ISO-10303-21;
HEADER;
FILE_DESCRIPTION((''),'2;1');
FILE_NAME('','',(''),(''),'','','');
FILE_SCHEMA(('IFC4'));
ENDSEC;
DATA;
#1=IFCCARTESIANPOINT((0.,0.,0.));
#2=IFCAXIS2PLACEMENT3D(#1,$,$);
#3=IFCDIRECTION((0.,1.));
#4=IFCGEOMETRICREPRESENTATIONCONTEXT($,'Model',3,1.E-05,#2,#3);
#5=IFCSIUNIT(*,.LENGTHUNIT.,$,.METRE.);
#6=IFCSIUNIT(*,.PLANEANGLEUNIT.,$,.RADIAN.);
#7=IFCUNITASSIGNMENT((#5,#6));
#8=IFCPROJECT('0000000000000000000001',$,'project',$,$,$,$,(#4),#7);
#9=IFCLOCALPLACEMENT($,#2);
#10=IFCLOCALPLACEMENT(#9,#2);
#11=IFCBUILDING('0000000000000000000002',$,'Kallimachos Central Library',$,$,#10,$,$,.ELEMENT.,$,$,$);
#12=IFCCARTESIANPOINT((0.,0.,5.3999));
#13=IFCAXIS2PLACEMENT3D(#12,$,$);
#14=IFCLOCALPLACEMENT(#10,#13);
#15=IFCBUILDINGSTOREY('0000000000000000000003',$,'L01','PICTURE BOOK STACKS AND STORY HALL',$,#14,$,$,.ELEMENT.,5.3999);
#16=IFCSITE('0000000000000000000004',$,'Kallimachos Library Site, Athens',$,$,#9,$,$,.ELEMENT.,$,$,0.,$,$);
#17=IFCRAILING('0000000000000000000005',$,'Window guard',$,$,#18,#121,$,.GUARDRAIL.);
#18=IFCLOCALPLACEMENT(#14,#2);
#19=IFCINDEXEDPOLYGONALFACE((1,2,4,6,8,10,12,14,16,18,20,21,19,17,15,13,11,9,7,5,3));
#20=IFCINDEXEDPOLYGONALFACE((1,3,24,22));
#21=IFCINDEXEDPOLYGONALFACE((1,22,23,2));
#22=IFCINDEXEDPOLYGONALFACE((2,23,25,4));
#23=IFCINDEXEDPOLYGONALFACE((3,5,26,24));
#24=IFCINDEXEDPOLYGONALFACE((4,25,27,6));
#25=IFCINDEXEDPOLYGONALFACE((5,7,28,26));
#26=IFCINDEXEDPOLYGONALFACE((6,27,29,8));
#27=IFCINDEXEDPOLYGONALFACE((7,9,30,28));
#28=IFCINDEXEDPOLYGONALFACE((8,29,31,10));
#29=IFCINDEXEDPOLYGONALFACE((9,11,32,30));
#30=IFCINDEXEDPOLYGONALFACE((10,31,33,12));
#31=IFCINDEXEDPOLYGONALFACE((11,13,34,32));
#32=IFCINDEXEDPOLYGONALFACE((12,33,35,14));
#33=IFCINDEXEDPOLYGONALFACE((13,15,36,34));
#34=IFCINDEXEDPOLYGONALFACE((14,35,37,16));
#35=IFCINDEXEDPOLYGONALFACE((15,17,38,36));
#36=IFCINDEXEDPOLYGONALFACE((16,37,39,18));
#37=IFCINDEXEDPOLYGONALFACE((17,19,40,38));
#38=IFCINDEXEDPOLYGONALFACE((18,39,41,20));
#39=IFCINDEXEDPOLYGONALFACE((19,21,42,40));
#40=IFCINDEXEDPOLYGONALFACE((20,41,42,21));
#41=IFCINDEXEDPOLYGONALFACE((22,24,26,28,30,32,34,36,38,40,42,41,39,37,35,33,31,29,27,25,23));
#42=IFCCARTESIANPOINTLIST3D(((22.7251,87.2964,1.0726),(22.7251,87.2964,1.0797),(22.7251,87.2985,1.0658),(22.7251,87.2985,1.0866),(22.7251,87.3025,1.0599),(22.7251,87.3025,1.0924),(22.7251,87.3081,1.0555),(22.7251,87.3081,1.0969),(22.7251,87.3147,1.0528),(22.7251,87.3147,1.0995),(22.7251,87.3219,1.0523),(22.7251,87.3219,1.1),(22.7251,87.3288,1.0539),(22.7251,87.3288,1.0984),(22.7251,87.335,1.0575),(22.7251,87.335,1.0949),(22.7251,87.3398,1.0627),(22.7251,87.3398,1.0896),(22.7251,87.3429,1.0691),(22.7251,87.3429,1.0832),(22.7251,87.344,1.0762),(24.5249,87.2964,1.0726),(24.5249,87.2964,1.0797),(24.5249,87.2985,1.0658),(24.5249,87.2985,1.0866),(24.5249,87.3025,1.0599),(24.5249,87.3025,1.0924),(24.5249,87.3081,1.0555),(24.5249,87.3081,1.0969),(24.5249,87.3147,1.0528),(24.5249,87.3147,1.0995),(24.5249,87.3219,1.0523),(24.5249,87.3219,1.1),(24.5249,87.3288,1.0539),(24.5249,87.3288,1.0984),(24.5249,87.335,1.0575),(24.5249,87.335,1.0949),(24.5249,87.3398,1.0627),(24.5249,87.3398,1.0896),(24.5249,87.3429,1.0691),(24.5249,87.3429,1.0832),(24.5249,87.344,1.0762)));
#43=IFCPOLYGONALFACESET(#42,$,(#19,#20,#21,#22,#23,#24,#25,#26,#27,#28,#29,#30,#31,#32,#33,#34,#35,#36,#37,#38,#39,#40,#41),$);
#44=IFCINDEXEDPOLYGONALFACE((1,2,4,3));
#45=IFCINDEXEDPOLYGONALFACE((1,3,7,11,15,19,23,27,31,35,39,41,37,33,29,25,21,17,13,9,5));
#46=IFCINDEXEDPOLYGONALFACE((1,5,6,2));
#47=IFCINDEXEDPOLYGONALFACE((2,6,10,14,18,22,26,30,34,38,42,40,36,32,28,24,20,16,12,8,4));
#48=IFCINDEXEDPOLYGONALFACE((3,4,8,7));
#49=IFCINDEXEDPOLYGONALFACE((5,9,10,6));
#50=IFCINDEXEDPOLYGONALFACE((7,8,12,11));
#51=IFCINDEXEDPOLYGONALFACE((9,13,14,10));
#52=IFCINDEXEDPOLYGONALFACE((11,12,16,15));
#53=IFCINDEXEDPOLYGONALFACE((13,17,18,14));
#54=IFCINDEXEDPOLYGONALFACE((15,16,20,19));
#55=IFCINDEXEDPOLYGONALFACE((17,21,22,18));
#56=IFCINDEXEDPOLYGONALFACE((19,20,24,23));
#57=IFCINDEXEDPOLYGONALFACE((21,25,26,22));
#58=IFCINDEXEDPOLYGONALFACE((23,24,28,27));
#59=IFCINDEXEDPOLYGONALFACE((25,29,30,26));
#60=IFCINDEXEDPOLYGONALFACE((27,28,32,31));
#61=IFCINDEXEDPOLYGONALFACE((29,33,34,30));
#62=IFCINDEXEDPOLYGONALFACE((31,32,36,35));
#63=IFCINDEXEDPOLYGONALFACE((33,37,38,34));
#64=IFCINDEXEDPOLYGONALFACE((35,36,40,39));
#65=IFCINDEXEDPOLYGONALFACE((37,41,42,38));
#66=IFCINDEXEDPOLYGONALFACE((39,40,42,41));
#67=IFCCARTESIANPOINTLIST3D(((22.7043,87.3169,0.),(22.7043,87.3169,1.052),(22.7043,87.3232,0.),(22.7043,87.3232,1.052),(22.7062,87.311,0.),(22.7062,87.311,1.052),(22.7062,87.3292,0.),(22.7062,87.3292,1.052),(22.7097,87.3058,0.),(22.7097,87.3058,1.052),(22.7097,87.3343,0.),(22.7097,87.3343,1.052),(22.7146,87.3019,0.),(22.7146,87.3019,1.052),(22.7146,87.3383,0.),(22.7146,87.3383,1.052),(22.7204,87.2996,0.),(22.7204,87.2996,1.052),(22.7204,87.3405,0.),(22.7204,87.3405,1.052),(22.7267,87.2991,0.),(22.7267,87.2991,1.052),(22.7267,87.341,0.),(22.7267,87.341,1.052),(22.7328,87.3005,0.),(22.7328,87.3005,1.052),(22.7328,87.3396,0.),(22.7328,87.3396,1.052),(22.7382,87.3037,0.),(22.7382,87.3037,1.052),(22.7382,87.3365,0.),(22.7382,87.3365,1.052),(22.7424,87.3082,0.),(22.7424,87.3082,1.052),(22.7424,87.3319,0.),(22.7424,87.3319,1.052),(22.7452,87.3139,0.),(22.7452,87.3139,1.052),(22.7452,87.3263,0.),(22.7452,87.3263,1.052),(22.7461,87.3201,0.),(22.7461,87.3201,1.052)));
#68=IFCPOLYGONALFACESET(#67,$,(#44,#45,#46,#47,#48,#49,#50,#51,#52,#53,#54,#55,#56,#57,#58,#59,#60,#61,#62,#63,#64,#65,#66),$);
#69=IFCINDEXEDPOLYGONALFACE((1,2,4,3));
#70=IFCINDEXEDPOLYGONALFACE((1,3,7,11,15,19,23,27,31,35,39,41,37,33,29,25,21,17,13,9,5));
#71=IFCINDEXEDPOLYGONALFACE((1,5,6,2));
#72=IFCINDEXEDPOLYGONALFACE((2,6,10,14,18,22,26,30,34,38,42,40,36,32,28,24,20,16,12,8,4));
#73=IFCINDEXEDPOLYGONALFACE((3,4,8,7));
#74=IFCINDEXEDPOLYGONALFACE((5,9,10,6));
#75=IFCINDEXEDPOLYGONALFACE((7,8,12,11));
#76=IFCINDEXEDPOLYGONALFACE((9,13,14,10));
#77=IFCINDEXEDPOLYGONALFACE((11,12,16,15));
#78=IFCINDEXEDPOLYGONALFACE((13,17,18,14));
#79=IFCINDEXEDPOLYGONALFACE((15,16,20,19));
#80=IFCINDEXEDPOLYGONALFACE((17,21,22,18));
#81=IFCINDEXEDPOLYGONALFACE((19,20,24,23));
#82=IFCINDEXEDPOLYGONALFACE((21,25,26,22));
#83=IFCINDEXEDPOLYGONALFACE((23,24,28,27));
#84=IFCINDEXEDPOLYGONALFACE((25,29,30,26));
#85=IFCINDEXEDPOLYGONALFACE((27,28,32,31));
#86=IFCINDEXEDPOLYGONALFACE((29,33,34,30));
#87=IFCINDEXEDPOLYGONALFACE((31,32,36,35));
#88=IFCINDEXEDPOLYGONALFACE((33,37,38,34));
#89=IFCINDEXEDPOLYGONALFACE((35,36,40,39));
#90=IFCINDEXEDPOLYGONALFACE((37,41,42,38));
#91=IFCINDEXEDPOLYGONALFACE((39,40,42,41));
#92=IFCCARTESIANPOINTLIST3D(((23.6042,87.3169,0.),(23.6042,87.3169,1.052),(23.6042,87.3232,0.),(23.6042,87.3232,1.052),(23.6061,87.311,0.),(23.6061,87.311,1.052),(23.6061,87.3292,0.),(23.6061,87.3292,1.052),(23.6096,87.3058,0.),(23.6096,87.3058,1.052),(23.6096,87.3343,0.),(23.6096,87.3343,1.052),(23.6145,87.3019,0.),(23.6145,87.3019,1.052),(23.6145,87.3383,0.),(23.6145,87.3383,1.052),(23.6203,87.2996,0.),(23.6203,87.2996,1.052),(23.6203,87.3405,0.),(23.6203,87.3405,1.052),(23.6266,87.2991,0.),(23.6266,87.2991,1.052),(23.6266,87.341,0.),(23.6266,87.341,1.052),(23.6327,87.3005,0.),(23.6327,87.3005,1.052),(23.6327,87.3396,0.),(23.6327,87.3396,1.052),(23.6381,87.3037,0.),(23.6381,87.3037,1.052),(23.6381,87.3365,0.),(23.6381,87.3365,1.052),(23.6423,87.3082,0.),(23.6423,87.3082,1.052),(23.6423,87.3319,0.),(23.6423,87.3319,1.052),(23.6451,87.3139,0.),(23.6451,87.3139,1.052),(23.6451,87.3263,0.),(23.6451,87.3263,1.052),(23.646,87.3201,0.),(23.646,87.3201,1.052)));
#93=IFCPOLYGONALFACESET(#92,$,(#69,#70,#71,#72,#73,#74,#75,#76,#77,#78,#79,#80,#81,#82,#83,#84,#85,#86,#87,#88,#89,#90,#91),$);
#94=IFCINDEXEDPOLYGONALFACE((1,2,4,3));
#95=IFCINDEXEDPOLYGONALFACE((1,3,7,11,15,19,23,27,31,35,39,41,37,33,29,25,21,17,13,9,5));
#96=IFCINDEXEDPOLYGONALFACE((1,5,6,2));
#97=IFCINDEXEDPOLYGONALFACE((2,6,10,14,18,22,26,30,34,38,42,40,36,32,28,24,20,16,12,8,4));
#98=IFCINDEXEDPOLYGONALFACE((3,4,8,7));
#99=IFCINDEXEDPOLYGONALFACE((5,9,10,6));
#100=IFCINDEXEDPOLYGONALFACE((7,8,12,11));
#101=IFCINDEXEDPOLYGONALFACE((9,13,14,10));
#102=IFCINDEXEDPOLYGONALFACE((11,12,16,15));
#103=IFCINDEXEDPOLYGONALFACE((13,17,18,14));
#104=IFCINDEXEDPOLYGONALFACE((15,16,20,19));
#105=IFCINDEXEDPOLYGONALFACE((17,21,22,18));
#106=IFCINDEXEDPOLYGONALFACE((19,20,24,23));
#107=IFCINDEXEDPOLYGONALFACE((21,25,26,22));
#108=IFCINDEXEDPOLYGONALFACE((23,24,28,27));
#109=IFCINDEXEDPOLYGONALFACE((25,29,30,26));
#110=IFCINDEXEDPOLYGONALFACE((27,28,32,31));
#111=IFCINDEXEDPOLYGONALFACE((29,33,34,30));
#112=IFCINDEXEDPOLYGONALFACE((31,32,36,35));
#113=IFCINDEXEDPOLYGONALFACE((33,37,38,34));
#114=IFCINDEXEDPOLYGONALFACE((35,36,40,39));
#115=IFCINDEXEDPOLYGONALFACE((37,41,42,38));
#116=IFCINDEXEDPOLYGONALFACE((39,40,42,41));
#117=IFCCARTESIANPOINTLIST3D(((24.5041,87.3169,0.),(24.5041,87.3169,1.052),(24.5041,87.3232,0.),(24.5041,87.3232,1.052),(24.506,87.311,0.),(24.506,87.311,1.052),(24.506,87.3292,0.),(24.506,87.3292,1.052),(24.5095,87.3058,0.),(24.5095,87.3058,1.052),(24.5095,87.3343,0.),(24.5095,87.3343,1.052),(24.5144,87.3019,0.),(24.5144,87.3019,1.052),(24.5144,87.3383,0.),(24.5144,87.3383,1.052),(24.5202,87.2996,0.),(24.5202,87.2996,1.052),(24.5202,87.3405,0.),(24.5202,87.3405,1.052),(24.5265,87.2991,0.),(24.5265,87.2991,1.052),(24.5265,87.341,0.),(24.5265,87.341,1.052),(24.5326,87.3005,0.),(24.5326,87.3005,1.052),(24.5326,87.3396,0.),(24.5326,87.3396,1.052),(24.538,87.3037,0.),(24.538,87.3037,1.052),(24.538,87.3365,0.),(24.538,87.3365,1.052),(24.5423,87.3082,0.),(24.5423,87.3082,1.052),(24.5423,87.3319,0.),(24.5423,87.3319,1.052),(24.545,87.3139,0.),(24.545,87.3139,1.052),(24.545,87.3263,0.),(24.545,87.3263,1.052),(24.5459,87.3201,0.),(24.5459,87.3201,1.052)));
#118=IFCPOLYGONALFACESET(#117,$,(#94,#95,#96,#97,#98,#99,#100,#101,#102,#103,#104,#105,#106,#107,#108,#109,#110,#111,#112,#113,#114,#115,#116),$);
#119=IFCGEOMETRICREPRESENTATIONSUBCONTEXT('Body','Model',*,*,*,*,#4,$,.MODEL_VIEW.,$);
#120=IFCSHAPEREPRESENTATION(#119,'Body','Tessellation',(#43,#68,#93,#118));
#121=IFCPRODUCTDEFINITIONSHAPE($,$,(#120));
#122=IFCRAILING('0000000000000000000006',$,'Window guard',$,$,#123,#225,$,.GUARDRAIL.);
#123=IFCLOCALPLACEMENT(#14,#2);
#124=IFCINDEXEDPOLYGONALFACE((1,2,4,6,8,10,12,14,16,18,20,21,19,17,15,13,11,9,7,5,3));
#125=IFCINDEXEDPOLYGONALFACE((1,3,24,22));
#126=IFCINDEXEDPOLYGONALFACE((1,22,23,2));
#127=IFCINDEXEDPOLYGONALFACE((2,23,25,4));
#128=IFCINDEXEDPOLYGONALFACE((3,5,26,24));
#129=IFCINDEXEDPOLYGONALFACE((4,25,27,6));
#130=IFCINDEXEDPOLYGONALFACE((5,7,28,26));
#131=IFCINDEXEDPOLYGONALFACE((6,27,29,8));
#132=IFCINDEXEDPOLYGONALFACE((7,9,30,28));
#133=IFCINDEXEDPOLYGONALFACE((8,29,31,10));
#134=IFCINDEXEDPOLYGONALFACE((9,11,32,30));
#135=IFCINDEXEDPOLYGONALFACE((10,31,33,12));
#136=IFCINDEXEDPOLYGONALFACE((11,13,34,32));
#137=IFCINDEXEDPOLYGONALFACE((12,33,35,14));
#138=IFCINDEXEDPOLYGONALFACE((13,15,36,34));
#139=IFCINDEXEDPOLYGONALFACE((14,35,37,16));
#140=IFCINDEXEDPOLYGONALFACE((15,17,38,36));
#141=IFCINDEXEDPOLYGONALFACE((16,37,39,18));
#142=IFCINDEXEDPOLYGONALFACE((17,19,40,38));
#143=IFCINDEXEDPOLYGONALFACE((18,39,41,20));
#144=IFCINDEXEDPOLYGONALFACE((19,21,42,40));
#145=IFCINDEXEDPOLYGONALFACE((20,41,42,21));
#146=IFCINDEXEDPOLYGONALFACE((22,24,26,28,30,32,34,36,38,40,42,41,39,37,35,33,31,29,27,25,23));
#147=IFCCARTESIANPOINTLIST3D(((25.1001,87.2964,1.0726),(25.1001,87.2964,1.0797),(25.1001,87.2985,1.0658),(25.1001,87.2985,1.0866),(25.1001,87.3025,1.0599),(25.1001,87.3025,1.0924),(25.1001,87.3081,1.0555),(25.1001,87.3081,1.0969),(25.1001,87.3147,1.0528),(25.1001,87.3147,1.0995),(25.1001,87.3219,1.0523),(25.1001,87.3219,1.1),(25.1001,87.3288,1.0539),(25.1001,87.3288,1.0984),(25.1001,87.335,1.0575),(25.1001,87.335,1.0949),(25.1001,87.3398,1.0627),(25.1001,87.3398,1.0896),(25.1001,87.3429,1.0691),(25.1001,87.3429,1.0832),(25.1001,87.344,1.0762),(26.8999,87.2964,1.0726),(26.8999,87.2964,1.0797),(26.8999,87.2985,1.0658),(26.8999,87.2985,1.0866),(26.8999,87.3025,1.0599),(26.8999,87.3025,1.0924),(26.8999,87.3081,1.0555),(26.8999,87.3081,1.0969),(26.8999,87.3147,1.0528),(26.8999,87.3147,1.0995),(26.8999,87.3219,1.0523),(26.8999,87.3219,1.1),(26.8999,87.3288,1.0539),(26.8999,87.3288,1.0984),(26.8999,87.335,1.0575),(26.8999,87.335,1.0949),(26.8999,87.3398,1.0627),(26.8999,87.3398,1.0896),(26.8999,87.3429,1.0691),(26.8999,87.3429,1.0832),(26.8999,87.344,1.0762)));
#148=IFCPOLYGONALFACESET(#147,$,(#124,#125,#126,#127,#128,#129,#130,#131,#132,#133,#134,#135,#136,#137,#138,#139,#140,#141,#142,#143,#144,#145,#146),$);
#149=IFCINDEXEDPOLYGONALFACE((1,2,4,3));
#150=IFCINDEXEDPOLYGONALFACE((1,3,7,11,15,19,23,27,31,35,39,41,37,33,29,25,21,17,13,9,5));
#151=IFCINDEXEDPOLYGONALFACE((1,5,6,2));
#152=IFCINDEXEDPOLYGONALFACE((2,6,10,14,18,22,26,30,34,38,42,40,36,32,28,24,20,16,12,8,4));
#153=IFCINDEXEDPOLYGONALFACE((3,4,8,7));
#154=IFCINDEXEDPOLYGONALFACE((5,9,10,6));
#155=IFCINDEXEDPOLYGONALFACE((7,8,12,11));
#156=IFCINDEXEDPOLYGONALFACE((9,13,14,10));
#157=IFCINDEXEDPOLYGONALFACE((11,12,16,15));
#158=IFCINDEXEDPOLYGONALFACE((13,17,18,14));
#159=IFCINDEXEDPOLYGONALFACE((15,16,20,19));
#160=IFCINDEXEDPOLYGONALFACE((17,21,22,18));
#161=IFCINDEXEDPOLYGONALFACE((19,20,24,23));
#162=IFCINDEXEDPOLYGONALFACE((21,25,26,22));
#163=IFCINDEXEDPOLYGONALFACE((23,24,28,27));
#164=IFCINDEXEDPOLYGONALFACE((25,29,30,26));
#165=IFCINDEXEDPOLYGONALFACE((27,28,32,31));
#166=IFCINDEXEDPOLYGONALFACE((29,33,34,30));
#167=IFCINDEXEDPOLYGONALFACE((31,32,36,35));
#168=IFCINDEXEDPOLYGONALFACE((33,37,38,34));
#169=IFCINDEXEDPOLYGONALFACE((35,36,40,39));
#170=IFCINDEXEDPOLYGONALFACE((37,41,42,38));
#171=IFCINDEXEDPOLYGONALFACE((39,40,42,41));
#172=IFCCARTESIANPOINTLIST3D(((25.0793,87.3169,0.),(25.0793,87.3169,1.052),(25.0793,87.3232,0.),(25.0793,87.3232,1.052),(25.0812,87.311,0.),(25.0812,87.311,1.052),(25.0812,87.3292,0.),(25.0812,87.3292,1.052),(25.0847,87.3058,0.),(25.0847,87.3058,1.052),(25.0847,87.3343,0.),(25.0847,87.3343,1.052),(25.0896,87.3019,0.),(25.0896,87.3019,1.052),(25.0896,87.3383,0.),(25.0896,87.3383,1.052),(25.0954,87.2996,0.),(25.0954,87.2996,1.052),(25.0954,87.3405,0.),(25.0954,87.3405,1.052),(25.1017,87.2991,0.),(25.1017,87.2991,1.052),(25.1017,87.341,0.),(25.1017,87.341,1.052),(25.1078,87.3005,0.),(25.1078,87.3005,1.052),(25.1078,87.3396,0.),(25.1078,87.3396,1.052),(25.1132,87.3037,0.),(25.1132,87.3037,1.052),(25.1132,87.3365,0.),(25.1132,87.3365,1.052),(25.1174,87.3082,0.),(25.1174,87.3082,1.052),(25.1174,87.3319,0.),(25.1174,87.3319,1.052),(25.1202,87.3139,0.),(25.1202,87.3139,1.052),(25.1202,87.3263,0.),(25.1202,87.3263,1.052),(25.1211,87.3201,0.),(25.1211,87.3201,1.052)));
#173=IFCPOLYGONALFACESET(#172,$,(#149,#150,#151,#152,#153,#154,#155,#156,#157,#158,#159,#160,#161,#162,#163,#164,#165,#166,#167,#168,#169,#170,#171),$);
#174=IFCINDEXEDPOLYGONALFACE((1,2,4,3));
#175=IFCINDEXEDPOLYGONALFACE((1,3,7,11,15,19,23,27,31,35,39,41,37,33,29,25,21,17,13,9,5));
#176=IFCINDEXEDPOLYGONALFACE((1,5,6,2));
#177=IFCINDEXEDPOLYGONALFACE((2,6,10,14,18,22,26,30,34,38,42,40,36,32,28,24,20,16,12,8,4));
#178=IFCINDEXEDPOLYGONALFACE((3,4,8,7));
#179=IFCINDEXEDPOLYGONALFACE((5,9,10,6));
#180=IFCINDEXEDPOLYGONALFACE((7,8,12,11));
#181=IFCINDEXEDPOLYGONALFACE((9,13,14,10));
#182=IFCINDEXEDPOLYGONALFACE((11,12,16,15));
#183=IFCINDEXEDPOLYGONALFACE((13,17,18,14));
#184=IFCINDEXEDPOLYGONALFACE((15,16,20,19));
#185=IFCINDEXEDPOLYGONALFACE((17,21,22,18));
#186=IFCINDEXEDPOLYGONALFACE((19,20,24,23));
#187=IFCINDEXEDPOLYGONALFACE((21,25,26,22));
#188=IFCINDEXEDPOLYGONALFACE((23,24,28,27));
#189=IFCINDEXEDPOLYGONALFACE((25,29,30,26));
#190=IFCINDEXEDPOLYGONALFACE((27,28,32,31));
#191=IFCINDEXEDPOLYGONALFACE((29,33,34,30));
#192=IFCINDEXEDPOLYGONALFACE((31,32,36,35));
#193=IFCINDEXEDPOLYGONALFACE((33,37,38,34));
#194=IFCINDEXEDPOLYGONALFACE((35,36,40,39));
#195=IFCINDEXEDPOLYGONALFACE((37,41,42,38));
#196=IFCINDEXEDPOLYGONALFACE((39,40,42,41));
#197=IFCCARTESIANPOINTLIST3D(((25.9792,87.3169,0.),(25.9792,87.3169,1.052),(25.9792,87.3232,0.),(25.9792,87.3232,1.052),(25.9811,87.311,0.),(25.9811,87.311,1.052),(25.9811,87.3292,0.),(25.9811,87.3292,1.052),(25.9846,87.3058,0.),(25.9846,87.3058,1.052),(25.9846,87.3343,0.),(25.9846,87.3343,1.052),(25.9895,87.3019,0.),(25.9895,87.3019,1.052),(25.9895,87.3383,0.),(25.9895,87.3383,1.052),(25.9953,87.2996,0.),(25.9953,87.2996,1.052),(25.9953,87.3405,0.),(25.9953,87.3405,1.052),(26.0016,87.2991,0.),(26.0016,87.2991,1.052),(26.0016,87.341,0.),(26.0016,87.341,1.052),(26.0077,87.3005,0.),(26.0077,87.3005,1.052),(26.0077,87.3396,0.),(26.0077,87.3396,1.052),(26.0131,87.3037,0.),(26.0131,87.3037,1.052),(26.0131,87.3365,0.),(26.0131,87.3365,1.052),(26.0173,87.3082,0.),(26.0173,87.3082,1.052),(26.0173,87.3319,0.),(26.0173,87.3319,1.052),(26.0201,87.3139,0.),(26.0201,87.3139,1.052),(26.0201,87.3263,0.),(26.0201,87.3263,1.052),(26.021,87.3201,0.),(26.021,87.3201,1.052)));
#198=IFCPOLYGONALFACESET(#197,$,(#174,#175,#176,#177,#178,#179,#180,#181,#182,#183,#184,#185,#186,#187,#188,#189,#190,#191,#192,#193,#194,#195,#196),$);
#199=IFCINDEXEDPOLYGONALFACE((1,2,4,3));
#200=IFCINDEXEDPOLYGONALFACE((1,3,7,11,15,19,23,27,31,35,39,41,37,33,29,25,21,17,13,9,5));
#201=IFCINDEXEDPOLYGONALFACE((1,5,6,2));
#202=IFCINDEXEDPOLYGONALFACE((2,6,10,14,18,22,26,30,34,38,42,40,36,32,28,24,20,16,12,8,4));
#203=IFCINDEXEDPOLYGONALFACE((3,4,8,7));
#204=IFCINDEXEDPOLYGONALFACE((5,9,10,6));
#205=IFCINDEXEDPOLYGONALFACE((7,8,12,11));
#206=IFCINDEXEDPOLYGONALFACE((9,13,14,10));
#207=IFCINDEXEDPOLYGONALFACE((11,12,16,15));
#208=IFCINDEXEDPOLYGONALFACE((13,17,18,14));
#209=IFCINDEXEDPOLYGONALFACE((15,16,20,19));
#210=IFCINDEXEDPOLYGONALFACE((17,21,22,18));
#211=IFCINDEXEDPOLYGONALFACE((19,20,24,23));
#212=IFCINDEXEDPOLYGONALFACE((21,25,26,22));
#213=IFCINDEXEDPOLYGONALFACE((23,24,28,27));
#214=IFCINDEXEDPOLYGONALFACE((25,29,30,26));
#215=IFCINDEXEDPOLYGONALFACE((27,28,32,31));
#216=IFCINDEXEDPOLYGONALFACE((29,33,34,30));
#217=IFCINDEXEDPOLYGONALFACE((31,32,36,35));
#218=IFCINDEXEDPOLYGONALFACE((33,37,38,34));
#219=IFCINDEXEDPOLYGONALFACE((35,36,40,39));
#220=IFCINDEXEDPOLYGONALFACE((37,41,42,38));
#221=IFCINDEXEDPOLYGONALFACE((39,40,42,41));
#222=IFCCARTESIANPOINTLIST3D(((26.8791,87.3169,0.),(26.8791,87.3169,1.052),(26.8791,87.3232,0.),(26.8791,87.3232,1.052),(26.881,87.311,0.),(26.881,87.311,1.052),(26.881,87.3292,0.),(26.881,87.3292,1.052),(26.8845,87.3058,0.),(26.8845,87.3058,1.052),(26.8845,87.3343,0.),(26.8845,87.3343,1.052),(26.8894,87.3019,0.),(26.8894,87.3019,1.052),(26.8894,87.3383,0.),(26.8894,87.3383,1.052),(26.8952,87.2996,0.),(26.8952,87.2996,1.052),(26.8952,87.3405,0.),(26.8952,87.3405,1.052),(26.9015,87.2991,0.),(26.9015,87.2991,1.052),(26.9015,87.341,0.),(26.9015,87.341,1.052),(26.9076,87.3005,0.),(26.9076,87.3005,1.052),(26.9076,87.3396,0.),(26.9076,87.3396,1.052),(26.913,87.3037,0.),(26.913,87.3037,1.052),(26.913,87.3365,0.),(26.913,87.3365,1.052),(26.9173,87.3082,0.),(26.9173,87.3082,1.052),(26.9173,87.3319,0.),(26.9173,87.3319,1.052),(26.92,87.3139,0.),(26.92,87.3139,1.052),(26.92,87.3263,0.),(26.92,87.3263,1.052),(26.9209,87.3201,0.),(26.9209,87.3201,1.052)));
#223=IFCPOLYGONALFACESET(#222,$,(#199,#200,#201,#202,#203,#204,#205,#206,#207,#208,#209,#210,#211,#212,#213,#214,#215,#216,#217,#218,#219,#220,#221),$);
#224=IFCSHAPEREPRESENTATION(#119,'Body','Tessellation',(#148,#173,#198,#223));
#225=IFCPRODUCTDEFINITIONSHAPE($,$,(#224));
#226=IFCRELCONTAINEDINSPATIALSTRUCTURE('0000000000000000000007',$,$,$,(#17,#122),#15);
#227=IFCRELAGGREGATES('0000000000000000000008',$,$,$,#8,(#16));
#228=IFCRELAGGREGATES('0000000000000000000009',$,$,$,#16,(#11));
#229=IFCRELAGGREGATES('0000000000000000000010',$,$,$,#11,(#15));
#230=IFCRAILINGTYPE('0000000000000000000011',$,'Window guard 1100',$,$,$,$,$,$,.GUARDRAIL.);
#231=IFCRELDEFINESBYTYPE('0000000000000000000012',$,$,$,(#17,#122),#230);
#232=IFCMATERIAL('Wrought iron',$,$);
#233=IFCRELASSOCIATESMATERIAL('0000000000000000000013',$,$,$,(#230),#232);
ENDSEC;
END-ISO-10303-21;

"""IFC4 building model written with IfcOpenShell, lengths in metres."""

from ifc_helpers import new_model, si_unit, direction, frame, origin, origin_2d, place, context, subcontext, project, spatial, circle, extrude, material, type_object, element, save


model = new_model("IFC4")

# Units and contexts
model_context = context("Model", 3, precision=1e-05, world=origin(), true_north=direction((0.0, 1.0)))
body_context = subcontext(model_context, "Body", "Model", "MODEL_VIEW")
ifc_project = project(units=[si_unit("LENGTHUNIT", "METRE"), si_unit("PLANEANGLEUNIT", "RADIAN")], contexts=[model_context])

# Site, building, storey
site_placement = place(None, origin())
site = spatial("IfcSite", under=ifc_project, at=site_placement, Name="Kallimachos Library Site, Athens", CompositionType="ELEMENT", RefElevation=0.0)
building_placement = place(site_placement, origin())
building = spatial("IfcBuilding", under=site, at=building_placement, Name="Kallimachos Central Library", CompositionType="ELEMENT")
storey_placement = place(building_placement, frame((0.0, 0.0, 5.3999)))
storey = spatial("IfcBuildingStorey", under=building, at=storey_placement, Name="L01", Description="PICTURE BOOK STACKS AND STORY HALL", CompositionType="ELEMENT", Elevation=5.3999)

# Railings
ifc_material_1 = material(Name="Wrought iron")
railing_type = type_object("IfcRailingType", Name="Window guard 1100", PredefinedType="GUARDRAIL", material=ifc_material_1)
for number, where, name in (
    (1, (22.7251, 87.3201, 0.0), "Window guard"),
    (2, (25.1001, 87.3201, 0.0), "Window guard"),
):
    element("IfcRailing", number, at=place(storey_placement, frame(where)), inside=storey, type_object=railing_type, Name=name, PredefinedType="GUARDRAIL", context=body_context, shape_type="SweptSolid", body=[
        extrude(circle(Radius=0.0239, at=origin_2d()), frame((0.0, 0.0, 1.0762), z_axis=(1.0, 0.0, 0.0), x_axis=(0.0, 1.0, 0.0)), (0.0, 0.0, 1.0), 1.7998),
        extrude(circle(Radius=0.021, at=origin_2d()), origin(), (0.0, 0.0, 1.0), 1.052),
        extrude(circle(Radius=0.021, at=origin_2d()), frame((0.8999, 0.0, 0.0)), (0.0, 0.0, 1.0), 1.052),
        extrude(circle(Radius=0.021, at=origin_2d()), frame((1.7998, 0.0, 0.0)), (0.0, 0.0, 1.0), 1.052),
    ])

save(model, "model.ifc")
